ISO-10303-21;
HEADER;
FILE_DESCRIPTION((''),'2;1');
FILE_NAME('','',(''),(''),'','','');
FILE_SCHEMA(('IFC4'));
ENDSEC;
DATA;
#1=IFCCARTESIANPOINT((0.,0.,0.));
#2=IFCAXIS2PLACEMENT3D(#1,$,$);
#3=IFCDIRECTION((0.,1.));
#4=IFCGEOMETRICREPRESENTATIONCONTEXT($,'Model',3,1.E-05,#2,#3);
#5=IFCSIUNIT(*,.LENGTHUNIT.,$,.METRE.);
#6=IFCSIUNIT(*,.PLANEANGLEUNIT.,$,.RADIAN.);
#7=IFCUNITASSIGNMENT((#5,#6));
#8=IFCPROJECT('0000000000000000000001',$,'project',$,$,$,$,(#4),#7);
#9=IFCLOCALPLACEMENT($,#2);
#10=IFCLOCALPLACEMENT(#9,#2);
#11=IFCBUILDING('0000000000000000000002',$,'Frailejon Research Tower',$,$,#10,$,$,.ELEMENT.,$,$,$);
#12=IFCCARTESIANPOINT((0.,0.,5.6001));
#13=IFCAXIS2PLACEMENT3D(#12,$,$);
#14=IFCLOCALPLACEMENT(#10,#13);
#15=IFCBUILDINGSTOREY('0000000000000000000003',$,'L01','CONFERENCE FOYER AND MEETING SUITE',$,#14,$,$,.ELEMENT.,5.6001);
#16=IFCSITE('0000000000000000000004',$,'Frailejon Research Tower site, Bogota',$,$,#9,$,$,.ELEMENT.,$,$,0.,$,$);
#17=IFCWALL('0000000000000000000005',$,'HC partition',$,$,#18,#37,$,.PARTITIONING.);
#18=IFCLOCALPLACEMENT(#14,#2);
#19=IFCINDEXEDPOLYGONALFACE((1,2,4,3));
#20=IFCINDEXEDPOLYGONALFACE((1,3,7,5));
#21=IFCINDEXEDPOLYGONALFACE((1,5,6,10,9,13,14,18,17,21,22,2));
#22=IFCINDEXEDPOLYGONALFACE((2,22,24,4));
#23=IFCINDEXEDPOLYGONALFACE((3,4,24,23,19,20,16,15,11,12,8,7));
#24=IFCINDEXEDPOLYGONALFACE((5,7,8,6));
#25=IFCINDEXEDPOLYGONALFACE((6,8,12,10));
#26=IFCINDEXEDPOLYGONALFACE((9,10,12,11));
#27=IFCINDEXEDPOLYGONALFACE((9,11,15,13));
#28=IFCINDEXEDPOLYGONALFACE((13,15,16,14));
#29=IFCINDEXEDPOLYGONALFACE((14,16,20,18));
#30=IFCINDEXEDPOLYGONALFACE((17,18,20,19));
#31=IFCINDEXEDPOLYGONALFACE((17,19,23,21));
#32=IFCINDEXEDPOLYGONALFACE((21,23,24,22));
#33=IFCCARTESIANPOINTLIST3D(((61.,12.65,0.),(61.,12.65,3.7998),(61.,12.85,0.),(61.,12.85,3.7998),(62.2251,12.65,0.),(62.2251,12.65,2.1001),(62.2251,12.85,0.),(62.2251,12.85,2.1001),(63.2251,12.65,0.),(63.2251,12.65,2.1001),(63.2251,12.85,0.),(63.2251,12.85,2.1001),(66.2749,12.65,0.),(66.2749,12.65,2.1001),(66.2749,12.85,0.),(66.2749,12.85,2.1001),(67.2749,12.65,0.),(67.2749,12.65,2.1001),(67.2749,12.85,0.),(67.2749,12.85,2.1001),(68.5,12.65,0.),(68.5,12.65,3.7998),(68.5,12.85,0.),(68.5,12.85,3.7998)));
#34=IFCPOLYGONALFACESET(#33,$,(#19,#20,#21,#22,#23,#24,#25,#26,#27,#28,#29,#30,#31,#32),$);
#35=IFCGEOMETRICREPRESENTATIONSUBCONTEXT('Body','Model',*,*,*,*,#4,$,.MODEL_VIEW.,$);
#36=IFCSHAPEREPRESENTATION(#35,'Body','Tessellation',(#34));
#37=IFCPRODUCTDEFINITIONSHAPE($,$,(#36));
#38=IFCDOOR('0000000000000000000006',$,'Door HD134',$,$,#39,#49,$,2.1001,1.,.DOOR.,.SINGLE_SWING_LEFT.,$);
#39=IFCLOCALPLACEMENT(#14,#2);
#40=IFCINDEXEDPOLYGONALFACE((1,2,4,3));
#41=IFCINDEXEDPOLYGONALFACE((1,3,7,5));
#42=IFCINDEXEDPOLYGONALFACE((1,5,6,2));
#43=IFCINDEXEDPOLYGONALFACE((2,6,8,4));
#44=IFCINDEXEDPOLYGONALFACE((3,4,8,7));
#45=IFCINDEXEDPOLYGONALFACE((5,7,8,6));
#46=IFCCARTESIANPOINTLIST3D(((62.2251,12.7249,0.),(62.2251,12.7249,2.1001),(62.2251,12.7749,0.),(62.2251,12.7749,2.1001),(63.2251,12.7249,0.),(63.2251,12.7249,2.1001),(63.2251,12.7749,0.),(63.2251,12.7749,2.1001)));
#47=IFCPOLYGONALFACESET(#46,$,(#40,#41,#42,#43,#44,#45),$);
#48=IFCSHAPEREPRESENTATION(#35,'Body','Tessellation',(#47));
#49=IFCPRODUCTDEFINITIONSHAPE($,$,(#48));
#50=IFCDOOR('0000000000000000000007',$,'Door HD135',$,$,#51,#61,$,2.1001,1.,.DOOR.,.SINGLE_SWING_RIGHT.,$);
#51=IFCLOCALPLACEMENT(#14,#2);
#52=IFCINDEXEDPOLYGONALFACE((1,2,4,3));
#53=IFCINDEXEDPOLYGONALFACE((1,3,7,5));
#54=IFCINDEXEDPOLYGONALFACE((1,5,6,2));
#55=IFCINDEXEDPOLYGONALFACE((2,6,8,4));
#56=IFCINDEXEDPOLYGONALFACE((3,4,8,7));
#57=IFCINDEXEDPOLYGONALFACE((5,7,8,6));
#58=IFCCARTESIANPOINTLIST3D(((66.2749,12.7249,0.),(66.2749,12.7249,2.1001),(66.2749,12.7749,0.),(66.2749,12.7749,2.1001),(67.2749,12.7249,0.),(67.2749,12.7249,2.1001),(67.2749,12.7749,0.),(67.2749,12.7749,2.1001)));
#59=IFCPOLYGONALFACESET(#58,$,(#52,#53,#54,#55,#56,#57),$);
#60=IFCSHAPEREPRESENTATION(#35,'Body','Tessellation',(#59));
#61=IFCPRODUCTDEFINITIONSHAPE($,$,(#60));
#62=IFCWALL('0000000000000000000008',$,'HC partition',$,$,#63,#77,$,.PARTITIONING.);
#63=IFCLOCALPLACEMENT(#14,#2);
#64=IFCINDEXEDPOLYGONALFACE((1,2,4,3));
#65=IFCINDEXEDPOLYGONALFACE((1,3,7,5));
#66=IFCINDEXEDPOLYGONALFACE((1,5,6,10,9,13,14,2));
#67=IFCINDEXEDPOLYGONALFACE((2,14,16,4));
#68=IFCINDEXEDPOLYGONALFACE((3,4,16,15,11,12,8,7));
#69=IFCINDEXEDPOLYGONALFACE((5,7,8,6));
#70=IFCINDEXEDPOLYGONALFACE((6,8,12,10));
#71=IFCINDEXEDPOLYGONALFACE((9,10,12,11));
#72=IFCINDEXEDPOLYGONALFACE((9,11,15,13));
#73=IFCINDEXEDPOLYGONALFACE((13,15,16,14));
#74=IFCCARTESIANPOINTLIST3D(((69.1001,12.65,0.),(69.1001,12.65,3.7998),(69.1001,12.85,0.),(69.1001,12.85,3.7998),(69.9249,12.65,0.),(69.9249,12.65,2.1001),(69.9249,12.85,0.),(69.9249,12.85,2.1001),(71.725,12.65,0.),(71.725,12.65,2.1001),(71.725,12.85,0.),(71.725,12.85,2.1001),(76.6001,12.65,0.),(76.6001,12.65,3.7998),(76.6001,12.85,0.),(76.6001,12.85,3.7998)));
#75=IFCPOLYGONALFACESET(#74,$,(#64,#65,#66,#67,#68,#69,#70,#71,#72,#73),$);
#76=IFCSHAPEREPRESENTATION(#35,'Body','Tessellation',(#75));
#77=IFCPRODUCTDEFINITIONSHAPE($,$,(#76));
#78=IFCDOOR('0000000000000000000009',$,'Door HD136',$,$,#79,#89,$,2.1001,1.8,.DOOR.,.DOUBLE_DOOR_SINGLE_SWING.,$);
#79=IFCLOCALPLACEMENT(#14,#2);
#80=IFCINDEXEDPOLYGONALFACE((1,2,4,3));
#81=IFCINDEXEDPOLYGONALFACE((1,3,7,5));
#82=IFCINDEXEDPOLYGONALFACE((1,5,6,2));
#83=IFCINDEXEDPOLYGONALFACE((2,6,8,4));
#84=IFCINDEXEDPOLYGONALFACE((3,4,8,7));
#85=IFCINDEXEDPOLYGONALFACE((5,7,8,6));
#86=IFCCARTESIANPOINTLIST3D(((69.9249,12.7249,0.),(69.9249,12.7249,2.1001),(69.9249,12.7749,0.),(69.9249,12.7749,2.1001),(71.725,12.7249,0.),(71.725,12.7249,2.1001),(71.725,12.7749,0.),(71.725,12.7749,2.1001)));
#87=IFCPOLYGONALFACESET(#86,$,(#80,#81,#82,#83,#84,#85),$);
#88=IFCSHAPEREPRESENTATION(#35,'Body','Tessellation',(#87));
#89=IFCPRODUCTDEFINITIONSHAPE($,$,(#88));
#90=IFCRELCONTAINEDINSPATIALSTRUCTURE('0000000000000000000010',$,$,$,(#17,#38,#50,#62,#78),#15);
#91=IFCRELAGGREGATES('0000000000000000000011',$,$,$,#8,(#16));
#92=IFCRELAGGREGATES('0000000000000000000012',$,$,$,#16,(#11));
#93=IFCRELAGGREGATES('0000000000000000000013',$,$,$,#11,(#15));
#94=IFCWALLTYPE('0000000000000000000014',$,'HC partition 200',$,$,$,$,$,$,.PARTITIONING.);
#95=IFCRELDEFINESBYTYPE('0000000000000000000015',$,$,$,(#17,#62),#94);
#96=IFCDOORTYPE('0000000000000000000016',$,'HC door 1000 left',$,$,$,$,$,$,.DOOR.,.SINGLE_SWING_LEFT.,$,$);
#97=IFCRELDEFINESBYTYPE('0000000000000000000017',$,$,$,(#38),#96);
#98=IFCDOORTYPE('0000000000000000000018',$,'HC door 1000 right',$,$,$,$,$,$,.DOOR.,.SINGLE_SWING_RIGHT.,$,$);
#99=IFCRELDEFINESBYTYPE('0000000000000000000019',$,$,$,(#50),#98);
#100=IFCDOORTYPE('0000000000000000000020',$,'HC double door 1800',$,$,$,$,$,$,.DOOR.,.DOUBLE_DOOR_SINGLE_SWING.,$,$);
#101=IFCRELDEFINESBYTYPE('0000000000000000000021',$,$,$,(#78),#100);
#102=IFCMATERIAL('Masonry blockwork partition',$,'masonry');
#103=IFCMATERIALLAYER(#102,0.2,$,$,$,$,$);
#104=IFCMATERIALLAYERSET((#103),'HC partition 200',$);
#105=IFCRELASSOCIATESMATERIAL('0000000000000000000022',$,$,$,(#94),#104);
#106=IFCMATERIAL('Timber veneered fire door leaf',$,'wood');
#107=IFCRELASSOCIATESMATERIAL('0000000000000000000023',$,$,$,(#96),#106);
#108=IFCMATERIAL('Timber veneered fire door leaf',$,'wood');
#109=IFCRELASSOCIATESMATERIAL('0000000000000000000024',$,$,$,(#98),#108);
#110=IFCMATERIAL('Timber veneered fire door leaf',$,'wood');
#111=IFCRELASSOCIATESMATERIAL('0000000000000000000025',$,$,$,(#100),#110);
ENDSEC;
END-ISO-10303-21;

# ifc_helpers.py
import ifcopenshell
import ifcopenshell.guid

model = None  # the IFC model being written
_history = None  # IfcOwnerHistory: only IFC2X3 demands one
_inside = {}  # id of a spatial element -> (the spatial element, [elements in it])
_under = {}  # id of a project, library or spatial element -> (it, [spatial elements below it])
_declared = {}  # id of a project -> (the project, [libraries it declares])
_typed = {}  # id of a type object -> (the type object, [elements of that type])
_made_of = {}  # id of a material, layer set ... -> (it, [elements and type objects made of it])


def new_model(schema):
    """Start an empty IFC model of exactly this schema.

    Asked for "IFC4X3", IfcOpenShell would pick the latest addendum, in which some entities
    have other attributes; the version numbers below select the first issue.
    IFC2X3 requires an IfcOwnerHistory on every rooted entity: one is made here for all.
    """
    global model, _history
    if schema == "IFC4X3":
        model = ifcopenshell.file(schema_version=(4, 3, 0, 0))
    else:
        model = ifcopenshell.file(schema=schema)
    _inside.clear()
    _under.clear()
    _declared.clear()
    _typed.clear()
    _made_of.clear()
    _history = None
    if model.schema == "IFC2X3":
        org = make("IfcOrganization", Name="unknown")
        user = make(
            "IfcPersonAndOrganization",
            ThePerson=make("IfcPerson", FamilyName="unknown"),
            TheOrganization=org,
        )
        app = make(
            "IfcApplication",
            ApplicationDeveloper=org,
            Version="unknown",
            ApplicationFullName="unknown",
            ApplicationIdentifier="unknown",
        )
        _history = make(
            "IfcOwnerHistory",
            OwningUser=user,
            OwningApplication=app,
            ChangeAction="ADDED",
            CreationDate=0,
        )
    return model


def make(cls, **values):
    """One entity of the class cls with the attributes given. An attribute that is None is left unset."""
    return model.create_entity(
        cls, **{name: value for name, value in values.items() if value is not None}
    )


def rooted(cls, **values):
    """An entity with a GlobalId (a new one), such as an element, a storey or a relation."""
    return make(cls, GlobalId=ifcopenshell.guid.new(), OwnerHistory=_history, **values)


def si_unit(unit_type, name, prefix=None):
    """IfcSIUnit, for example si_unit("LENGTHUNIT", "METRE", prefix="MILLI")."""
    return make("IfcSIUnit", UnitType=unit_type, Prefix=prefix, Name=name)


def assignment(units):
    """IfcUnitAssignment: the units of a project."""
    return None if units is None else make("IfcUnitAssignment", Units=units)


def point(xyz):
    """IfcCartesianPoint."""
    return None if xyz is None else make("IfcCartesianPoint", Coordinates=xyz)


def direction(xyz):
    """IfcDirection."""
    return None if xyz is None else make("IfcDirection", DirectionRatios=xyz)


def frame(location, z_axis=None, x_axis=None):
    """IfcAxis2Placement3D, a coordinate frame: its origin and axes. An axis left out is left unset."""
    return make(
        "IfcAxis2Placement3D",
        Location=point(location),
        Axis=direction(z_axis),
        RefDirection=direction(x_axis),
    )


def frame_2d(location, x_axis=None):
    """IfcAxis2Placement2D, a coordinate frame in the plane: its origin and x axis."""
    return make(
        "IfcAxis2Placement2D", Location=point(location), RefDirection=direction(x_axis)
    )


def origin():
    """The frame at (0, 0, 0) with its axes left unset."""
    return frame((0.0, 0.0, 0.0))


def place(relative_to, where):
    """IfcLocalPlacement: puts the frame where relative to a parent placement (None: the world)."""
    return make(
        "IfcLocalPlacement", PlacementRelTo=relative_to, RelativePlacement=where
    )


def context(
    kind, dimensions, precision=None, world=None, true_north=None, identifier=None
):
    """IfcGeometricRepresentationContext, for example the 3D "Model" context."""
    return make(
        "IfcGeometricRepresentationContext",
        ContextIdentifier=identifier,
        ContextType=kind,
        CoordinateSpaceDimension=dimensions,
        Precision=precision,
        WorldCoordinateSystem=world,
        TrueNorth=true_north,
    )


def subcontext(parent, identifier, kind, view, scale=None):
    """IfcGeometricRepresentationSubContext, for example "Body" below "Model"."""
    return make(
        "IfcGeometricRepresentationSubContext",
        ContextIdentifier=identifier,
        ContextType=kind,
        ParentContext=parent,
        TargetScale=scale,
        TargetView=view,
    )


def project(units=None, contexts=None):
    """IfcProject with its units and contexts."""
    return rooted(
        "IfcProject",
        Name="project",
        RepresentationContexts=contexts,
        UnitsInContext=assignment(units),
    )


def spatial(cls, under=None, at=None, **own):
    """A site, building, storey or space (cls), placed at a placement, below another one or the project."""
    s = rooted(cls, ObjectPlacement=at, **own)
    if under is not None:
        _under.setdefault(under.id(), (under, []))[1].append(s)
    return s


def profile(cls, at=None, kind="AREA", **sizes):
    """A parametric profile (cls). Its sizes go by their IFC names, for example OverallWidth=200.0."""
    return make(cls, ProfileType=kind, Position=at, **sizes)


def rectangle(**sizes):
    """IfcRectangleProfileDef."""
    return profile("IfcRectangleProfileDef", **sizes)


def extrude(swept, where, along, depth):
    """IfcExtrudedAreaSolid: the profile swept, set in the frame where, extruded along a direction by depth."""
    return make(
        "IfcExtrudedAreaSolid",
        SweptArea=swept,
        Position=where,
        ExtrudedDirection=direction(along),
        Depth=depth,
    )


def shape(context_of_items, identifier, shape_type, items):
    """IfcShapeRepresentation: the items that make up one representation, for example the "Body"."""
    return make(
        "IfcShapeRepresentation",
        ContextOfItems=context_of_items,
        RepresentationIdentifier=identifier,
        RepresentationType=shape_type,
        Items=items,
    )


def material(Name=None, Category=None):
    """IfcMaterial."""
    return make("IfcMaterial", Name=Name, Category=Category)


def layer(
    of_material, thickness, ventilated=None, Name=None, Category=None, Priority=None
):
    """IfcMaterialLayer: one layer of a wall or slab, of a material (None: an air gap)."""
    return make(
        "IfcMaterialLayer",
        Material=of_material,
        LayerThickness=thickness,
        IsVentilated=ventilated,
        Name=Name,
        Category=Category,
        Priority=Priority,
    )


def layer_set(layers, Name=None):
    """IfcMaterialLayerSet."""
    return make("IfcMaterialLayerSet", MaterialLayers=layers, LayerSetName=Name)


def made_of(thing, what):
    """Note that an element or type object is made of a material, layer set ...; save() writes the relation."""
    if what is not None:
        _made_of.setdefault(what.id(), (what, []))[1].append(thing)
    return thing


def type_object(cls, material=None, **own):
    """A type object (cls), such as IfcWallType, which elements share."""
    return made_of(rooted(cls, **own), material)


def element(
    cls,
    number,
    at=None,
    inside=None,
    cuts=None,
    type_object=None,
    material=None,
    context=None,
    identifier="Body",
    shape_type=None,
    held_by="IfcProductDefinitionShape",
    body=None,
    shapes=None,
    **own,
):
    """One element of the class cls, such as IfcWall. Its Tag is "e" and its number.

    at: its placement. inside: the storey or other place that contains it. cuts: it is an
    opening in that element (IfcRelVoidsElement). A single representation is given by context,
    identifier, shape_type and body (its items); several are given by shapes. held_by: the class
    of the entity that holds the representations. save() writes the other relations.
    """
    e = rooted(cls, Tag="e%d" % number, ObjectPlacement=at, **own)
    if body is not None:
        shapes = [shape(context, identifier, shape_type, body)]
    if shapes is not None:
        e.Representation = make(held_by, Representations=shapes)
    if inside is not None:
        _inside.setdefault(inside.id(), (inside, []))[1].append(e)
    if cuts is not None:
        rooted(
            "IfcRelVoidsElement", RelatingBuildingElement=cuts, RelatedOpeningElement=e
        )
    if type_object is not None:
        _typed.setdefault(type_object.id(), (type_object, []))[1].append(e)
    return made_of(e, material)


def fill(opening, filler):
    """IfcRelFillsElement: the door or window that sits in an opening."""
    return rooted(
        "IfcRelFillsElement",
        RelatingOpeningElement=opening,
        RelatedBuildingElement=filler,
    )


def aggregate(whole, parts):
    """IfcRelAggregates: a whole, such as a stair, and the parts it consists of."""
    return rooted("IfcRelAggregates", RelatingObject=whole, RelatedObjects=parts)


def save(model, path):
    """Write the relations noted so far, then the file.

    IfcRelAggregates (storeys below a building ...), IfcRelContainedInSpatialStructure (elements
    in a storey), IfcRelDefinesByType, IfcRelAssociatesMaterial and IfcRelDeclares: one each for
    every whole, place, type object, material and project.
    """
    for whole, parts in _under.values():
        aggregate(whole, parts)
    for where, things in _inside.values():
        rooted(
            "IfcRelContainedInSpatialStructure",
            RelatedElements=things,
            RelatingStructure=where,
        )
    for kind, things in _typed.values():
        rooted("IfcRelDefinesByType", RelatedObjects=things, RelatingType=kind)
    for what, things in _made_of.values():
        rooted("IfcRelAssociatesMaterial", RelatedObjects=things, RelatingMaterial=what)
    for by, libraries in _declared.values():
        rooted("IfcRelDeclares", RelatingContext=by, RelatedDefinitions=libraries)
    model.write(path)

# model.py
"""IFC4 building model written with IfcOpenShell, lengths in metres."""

from ifc_helpers import new_model, si_unit, direction, frame, frame_2d, origin, place, context, subcontext, project, spatial, rectangle, extrude, material, layer, layer_set, type_object, element, fill, save


model = new_model("IFC4")

# Units and contexts
model_context = context("Model", 3, precision=1e-05, world=origin(), true_north=direction((0.0, 1.0)))
body_context = subcontext(model_context, "Body", "Model", "MODEL_VIEW")
ifc_project = project(units=[si_unit("LENGTHUNIT", "METRE"), si_unit("PLANEANGLEUNIT", "RADIAN")], contexts=[model_context])

# Site, building, storey
site_placement = place(None, origin())
site = spatial("IfcSite", under=ifc_project, at=site_placement, Name="Frailejon Research Tower site, Bogota", CompositionType="ELEMENT", RefElevation=0.0)
building_placement = place(site_placement, origin())
building = spatial("IfcBuilding", under=site, at=building_placement, Name="Frailejon Research Tower", CompositionType="ELEMENT")
storey_placement = place(building_placement, frame((0.0, 0.0, 5.6001)))
storey = spatial("IfcBuildingStorey", under=building, at=storey_placement, Name="L01", Description="CONFERENCE FOYER AND MEETING SUITE", CompositionType="ELEMENT", Elevation=5.6001)

# Shared definitions
ifc_material_1 = material(Name="Masonry blockwork partition", Category="masonry")
ifc_layer_1 = layer(ifc_material_1, 0.2)
ifc_layer_set_1 = layer_set([ifc_layer_1], Name="HC partition 200")
wall_type_1 = type_object("IfcWallType", Name="HC partition 200", PredefinedType="PARTITIONING", material=ifc_layer_set_1)

# Wall, openings, doors
wall_1_placement = place(storey_placement, frame((61.0, 12.75, 0.0), z_axis=(0.0, 0.0, 1.0), x_axis=(1.0, 0.0, 0.0)))
wall_1 = element("IfcWall", 1, at=wall_1_placement, inside=storey, type_object=wall_type_1, Name="HC partition", PredefinedType="PARTITIONING", context=body_context, shape_type="SweptSolid", body=[
    extrude(rectangle(XDim=7.5, YDim=0.2, at=frame_2d((3.75, 0.0))), origin(), (0.0, 0.0, 1.0), 3.7998),
])
opening_1_placement = place(wall_1_placement, frame((1.2251, 0.0, 0.0)))
opening_1 = element("IfcOpeningElement", 2, at=opening_1_placement, cuts=wall_1, PredefinedType="OPENING", context=body_context, shape_type="SweptSolid", body=[
    extrude(rectangle(XDim=1.0, YDim=2.1001, at=frame_2d((0.5, 1.05))), frame((0.0, 0.1099, 0.0), z_axis=(0.0, -1.0, 0.0), x_axis=(1.0, 0.0, 0.0)), (0.0, 0.0, 1.0), 0.22),
])
opening_2_placement = place(wall_1_placement, frame((5.2749, 0.0, 0.0)))
opening_2 = element("IfcOpeningElement", 3, at=opening_2_placement, cuts=wall_1, PredefinedType="OPENING", context=body_context, shape_type="SweptSolid", body=[
    extrude(rectangle(XDim=1.0, YDim=2.1001, at=frame_2d((0.5, 1.05))), frame((0.0, 0.1099, 0.0), z_axis=(0.0, -1.0, 0.0), x_axis=(1.0, 0.0, 0.0)), (0.0, 0.0, 1.0), 0.22),
])
ifc_material_2 = material(Name="Timber veneered fire door leaf", Category="wood")
door_type_1 = type_object("IfcDoorType", Name="HC door 1000 left", OperationType="SINGLE_SWING_LEFT", PredefinedType="DOOR", material=ifc_material_2)
door_1_placement = place(opening_1_placement, origin())
door_1 = element("IfcDoor", 4, at=door_1_placement, inside=storey, type_object=door_type_1, Name="Door HD134", OperationType="SINGLE_SWING_LEFT", OverallHeight=2.1001, OverallWidth=1.0, PredefinedType="DOOR", context=body_context, shape_type="SweptSolid", body=[
    extrude(rectangle(XDim=1.0, YDim=2.1001, at=frame_2d((0.5, 1.05))), frame((0.0, 0.0249, 0.0), z_axis=(0.0, -1.0, 0.0), x_axis=(1.0, 0.0, 0.0)), (0.0, 0.0, 1.0), 0.05),
])
fill(opening_1, door_1)
ifc_material_3 = material(Name="Timber veneered fire door leaf", Category="wood")
door_type_2 = type_object("IfcDoorType", Name="HC door 1000 right", OperationType="SINGLE_SWING_RIGHT", PredefinedType="DOOR", material=ifc_material_3)
door_2_placement = place(opening_2_placement, origin())
door_2 = element("IfcDoor", 5, at=door_2_placement, inside=storey, type_object=door_type_2, Name="Door HD135", OperationType="SINGLE_SWING_RIGHT", OverallHeight=2.1001, OverallWidth=1.0, PredefinedType="DOOR", context=body_context, shape_type="SweptSolid", body=[
    extrude(rectangle(XDim=1.0, YDim=2.1001, at=frame_2d((0.5, 1.05))), frame((0.0, 0.0249, 0.0), z_axis=(0.0, -1.0, 0.0), x_axis=(1.0, 0.0, 0.0)), (0.0, 0.0, 1.0), 0.05),
])
fill(opening_2, door_2)

# Wall, opening, door
wall_2_placement = place(storey_placement, frame((69.1001, 12.75, 0.0), z_axis=(0.0, 0.0, 1.0), x_axis=(1.0, 0.0, 0.0)))
wall_2 = element("IfcWall", 6, at=wall_2_placement, inside=storey, type_object=wall_type_1, Name="HC partition", PredefinedType="PARTITIONING", context=body_context, shape_type="SweptSolid", body=[
    extrude(rectangle(XDim=7.5, YDim=0.2, at=frame_2d((3.75, 0.0))), origin(), (0.0, 0.0, 1.0), 3.7998),
])
opening_3_placement = place(wall_2_placement, frame((0.825, 0.0, 0.0)))
opening_3 = element("IfcOpeningElement", 7, at=opening_3_placement, cuts=wall_2, PredefinedType="OPENING", context=body_context, shape_type="SweptSolid", body=[
    extrude(rectangle(XDim=1.8, YDim=2.1001, at=frame_2d((0.8999, 1.05))), frame((0.0, 0.1099, 0.0), z_axis=(0.0, -1.0, 0.0), x_axis=(1.0, 0.0, 0.0)), (0.0, 0.0, 1.0), 0.22),
])
ifc_material_4 = material(Name="Timber veneered fire door leaf", Category="wood")
door_type_3 = type_object("IfcDoorType", Name="HC double door 1800", OperationType="DOUBLE_DOOR_SINGLE_SWING", PredefinedType="DOOR", material=ifc_material_4)
door_3_placement = place(opening_3_placement, origin())
door_3 = element("IfcDoor", 8, at=door_3_placement, inside=storey, type_object=door_type_3, Name="Door HD136", OperationType="DOUBLE_DOOR_SINGLE_SWING", OverallHeight=2.1001, OverallWidth=1.8, PredefinedType="DOOR", context=body_context, shape_type="SweptSolid", body=[
    extrude(rectangle(XDim=1.8, YDim=2.1001, at=frame_2d((0.8999, 1.05))), frame((0.0, 0.0249, 0.0), z_axis=(0.0, -1.0, 0.0), x_axis=(1.0, 0.0, 0.0)), (0.0, 0.0, 1.0), 0.05),
])
fill(opening_3, door_3)

save(model, "model.ifc")
